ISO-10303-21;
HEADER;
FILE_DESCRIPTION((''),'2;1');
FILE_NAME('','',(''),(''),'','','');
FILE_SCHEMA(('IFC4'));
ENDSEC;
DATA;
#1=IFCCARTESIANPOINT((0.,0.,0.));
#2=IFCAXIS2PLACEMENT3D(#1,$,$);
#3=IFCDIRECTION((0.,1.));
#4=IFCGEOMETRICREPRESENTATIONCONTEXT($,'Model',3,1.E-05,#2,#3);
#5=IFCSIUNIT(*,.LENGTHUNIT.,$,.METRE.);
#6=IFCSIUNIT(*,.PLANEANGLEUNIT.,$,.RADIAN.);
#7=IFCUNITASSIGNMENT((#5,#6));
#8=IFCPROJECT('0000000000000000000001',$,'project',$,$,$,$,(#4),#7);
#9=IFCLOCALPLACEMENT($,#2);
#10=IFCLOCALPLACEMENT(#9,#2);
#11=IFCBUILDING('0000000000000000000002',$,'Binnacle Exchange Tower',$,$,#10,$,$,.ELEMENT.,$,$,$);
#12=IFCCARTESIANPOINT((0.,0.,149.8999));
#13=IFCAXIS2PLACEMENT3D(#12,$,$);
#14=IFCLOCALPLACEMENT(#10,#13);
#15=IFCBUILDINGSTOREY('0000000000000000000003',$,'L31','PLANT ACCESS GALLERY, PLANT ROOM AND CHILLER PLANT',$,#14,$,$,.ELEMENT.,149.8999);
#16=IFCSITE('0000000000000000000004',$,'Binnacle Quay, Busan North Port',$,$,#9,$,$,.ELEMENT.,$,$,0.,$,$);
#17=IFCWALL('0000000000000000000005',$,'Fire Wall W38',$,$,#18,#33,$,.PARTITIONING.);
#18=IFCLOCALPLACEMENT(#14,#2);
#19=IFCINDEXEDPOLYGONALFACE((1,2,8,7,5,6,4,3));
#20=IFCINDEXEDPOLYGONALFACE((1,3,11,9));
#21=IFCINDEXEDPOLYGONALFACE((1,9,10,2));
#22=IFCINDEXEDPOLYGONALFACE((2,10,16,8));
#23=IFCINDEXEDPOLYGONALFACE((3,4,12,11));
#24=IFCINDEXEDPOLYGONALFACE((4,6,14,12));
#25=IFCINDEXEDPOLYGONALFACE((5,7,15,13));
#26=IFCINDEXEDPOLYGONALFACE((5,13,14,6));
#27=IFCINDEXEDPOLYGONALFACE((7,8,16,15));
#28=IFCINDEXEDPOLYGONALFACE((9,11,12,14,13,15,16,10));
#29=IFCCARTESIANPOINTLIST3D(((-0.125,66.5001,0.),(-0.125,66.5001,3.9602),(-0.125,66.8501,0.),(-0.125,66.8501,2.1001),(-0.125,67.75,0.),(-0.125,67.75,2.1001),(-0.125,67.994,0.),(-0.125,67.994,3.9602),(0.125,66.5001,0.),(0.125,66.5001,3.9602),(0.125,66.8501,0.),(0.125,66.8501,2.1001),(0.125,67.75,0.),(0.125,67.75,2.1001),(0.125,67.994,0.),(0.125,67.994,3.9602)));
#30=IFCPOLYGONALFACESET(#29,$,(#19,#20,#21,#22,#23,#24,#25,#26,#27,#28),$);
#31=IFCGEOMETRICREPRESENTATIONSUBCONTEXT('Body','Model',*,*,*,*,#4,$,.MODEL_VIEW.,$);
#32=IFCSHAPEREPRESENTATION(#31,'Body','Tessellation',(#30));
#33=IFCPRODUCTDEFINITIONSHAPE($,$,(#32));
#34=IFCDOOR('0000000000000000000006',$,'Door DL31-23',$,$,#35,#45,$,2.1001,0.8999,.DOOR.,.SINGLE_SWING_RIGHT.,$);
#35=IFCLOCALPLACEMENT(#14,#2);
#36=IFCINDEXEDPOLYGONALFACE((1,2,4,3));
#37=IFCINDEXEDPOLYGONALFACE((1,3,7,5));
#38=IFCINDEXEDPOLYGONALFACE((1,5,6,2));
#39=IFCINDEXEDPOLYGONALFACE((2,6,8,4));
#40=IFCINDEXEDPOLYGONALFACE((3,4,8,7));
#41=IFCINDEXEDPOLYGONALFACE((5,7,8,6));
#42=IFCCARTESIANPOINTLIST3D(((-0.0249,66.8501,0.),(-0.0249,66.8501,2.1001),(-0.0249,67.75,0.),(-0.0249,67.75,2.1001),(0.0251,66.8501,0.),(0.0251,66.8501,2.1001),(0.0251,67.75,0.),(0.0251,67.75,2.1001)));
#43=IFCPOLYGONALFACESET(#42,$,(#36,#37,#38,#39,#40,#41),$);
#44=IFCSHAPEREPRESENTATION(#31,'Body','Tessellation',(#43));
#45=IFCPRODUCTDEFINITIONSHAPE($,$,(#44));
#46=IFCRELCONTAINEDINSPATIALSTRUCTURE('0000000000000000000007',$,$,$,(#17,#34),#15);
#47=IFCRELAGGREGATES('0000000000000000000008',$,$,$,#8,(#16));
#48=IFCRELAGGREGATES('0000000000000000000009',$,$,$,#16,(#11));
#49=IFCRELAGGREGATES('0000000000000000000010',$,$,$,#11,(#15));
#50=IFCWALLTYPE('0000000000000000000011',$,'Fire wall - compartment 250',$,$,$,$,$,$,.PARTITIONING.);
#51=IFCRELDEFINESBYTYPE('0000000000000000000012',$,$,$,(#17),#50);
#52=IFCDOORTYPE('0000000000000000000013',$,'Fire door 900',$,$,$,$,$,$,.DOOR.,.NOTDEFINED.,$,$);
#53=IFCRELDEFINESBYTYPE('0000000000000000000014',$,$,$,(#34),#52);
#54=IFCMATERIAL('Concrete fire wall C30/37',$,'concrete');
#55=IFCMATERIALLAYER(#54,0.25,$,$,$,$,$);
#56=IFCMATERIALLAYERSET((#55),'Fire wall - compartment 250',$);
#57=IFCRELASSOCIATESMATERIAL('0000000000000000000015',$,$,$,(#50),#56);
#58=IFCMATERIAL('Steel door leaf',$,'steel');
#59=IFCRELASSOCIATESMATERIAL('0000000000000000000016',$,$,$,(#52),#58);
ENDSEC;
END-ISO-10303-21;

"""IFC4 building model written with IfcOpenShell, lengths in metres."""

from ifc_helpers import new_model, si_unit, direction, frame, frame_2d, origin, place, context, subcontext, project, spatial, rectangle, extrude, material, layer, layer_set, type_object, element, fill, save


model = new_model("IFC4")

# Units and contexts
model_context = context("Model", 3, precision=1e-05, world=origin(), true_north=direction((0.0, 1.0)))
body_context = subcontext(model_context, "Body", "Model", "MODEL_VIEW")
ifc_project = project(units=[si_unit("LENGTHUNIT", "METRE"), si_unit("PLANEANGLEUNIT", "RADIAN")], contexts=[model_context])

# Site, building, storey
site_placement = place(None, origin())
site = spatial("IfcSite", under=ifc_project, at=site_placement, Name="Binnacle Quay, Busan North Port", CompositionType="ELEMENT", RefElevation=0.0)
building_placement = place(site_placement, origin())
building = spatial("IfcBuilding", under=site, at=building_placement, Name="Binnacle Exchange Tower", CompositionType="ELEMENT")
storey_placement = place(building_placement, frame((0.0, 0.0, 149.8999)))
storey = spatial("IfcBuildingStorey", under=building, at=storey_placement, Name="L31", Description="PLANT ACCESS GALLERY, PLANT ROOM AND CHILLER PLANT", CompositionType="ELEMENT", Elevation=149.8999)

# Shared definitions
ifc_material_1 = material(Name="Steel door leaf", Category="steel")

# Shared definitions
ifc_material_2 = material(Name="Concrete fire wall C30/37", Category="concrete")
ifc_layer_1 = layer(ifc_material_2, 0.25)
ifc_layer_set_1 = layer_set([ifc_layer_1], Name="Fire wall - compartment 250")
wall_type_1 = type_object("IfcWallType", Name="Fire wall - compartment 250", PredefinedType="PARTITIONING", material=ifc_layer_set_1)

# Wall, opening, door
wall_1_placement = place(storey_placement, frame((0.0, 66.5, 0.0), z_axis=(0.0, 0.0, 1.0), x_axis=(0.0, 1.0, 0.0)))
wall_1 = element("IfcWall", 1, at=wall_1_placement, inside=storey, type_object=wall_type_1, Name="Fire Wall W38", PredefinedType="PARTITIONING", context=body_context, shape_type="SweptSolid", body=[
    extrude(rectangle(XDim=1.4939, YDim=0.25, at=frame_2d((0.7471, 0.0))), origin(), (0.0, 0.0, 1.0), 3.9602),
])
opening_1_placement = place(wall_1_placement, frame((0.3501, 0.0, 0.0)))
opening_1 = element("IfcOpeningElement", 2, at=opening_1_placement, cuts=wall_1, PredefinedType="OPENING", context=body_context, shape_type="SweptSolid", body=[
    extrude(rectangle(XDim=0.8999, YDim=2.1001, at=frame_2d((0.45, 1.05))), frame((0.0, 0.135, 0.0), z_axis=(0.0, -1.0, 0.0), x_axis=(1.0, 0.0, 0.0)), (0.0, 0.0, 1.0), 0.27),
])
door_type_1 = type_object("IfcDoorType", Name="Fire door 900", OperationType="NOTDEFINED", PredefinedType="DOOR", material=ifc_material_1)
door_1_placement = place(opening_1_placement, origin())
door_1 = element("IfcDoor", 3, at=door_1_placement, inside=storey, type_object=door_type_1, Name="Door DL31-23", OperationType="SINGLE_SWING_RIGHT", OverallHeight=2.1001, OverallWidth=0.8999, PredefinedType="DOOR", context=body_context, shape_type="SweptSolid", body=[
    extrude(rectangle(XDim=0.8999, YDim=2.1001, at=frame_2d((0.45, 1.05))), frame((0.0, 0.0249, 0.0), z_axis=(0.0, -1.0, 0.0), x_axis=(1.0, 0.0, 0.0)), (0.0, 0.0, 1.0), 0.05),
])
fill(opening_1, door_1)

save(model, "model.ifc")
